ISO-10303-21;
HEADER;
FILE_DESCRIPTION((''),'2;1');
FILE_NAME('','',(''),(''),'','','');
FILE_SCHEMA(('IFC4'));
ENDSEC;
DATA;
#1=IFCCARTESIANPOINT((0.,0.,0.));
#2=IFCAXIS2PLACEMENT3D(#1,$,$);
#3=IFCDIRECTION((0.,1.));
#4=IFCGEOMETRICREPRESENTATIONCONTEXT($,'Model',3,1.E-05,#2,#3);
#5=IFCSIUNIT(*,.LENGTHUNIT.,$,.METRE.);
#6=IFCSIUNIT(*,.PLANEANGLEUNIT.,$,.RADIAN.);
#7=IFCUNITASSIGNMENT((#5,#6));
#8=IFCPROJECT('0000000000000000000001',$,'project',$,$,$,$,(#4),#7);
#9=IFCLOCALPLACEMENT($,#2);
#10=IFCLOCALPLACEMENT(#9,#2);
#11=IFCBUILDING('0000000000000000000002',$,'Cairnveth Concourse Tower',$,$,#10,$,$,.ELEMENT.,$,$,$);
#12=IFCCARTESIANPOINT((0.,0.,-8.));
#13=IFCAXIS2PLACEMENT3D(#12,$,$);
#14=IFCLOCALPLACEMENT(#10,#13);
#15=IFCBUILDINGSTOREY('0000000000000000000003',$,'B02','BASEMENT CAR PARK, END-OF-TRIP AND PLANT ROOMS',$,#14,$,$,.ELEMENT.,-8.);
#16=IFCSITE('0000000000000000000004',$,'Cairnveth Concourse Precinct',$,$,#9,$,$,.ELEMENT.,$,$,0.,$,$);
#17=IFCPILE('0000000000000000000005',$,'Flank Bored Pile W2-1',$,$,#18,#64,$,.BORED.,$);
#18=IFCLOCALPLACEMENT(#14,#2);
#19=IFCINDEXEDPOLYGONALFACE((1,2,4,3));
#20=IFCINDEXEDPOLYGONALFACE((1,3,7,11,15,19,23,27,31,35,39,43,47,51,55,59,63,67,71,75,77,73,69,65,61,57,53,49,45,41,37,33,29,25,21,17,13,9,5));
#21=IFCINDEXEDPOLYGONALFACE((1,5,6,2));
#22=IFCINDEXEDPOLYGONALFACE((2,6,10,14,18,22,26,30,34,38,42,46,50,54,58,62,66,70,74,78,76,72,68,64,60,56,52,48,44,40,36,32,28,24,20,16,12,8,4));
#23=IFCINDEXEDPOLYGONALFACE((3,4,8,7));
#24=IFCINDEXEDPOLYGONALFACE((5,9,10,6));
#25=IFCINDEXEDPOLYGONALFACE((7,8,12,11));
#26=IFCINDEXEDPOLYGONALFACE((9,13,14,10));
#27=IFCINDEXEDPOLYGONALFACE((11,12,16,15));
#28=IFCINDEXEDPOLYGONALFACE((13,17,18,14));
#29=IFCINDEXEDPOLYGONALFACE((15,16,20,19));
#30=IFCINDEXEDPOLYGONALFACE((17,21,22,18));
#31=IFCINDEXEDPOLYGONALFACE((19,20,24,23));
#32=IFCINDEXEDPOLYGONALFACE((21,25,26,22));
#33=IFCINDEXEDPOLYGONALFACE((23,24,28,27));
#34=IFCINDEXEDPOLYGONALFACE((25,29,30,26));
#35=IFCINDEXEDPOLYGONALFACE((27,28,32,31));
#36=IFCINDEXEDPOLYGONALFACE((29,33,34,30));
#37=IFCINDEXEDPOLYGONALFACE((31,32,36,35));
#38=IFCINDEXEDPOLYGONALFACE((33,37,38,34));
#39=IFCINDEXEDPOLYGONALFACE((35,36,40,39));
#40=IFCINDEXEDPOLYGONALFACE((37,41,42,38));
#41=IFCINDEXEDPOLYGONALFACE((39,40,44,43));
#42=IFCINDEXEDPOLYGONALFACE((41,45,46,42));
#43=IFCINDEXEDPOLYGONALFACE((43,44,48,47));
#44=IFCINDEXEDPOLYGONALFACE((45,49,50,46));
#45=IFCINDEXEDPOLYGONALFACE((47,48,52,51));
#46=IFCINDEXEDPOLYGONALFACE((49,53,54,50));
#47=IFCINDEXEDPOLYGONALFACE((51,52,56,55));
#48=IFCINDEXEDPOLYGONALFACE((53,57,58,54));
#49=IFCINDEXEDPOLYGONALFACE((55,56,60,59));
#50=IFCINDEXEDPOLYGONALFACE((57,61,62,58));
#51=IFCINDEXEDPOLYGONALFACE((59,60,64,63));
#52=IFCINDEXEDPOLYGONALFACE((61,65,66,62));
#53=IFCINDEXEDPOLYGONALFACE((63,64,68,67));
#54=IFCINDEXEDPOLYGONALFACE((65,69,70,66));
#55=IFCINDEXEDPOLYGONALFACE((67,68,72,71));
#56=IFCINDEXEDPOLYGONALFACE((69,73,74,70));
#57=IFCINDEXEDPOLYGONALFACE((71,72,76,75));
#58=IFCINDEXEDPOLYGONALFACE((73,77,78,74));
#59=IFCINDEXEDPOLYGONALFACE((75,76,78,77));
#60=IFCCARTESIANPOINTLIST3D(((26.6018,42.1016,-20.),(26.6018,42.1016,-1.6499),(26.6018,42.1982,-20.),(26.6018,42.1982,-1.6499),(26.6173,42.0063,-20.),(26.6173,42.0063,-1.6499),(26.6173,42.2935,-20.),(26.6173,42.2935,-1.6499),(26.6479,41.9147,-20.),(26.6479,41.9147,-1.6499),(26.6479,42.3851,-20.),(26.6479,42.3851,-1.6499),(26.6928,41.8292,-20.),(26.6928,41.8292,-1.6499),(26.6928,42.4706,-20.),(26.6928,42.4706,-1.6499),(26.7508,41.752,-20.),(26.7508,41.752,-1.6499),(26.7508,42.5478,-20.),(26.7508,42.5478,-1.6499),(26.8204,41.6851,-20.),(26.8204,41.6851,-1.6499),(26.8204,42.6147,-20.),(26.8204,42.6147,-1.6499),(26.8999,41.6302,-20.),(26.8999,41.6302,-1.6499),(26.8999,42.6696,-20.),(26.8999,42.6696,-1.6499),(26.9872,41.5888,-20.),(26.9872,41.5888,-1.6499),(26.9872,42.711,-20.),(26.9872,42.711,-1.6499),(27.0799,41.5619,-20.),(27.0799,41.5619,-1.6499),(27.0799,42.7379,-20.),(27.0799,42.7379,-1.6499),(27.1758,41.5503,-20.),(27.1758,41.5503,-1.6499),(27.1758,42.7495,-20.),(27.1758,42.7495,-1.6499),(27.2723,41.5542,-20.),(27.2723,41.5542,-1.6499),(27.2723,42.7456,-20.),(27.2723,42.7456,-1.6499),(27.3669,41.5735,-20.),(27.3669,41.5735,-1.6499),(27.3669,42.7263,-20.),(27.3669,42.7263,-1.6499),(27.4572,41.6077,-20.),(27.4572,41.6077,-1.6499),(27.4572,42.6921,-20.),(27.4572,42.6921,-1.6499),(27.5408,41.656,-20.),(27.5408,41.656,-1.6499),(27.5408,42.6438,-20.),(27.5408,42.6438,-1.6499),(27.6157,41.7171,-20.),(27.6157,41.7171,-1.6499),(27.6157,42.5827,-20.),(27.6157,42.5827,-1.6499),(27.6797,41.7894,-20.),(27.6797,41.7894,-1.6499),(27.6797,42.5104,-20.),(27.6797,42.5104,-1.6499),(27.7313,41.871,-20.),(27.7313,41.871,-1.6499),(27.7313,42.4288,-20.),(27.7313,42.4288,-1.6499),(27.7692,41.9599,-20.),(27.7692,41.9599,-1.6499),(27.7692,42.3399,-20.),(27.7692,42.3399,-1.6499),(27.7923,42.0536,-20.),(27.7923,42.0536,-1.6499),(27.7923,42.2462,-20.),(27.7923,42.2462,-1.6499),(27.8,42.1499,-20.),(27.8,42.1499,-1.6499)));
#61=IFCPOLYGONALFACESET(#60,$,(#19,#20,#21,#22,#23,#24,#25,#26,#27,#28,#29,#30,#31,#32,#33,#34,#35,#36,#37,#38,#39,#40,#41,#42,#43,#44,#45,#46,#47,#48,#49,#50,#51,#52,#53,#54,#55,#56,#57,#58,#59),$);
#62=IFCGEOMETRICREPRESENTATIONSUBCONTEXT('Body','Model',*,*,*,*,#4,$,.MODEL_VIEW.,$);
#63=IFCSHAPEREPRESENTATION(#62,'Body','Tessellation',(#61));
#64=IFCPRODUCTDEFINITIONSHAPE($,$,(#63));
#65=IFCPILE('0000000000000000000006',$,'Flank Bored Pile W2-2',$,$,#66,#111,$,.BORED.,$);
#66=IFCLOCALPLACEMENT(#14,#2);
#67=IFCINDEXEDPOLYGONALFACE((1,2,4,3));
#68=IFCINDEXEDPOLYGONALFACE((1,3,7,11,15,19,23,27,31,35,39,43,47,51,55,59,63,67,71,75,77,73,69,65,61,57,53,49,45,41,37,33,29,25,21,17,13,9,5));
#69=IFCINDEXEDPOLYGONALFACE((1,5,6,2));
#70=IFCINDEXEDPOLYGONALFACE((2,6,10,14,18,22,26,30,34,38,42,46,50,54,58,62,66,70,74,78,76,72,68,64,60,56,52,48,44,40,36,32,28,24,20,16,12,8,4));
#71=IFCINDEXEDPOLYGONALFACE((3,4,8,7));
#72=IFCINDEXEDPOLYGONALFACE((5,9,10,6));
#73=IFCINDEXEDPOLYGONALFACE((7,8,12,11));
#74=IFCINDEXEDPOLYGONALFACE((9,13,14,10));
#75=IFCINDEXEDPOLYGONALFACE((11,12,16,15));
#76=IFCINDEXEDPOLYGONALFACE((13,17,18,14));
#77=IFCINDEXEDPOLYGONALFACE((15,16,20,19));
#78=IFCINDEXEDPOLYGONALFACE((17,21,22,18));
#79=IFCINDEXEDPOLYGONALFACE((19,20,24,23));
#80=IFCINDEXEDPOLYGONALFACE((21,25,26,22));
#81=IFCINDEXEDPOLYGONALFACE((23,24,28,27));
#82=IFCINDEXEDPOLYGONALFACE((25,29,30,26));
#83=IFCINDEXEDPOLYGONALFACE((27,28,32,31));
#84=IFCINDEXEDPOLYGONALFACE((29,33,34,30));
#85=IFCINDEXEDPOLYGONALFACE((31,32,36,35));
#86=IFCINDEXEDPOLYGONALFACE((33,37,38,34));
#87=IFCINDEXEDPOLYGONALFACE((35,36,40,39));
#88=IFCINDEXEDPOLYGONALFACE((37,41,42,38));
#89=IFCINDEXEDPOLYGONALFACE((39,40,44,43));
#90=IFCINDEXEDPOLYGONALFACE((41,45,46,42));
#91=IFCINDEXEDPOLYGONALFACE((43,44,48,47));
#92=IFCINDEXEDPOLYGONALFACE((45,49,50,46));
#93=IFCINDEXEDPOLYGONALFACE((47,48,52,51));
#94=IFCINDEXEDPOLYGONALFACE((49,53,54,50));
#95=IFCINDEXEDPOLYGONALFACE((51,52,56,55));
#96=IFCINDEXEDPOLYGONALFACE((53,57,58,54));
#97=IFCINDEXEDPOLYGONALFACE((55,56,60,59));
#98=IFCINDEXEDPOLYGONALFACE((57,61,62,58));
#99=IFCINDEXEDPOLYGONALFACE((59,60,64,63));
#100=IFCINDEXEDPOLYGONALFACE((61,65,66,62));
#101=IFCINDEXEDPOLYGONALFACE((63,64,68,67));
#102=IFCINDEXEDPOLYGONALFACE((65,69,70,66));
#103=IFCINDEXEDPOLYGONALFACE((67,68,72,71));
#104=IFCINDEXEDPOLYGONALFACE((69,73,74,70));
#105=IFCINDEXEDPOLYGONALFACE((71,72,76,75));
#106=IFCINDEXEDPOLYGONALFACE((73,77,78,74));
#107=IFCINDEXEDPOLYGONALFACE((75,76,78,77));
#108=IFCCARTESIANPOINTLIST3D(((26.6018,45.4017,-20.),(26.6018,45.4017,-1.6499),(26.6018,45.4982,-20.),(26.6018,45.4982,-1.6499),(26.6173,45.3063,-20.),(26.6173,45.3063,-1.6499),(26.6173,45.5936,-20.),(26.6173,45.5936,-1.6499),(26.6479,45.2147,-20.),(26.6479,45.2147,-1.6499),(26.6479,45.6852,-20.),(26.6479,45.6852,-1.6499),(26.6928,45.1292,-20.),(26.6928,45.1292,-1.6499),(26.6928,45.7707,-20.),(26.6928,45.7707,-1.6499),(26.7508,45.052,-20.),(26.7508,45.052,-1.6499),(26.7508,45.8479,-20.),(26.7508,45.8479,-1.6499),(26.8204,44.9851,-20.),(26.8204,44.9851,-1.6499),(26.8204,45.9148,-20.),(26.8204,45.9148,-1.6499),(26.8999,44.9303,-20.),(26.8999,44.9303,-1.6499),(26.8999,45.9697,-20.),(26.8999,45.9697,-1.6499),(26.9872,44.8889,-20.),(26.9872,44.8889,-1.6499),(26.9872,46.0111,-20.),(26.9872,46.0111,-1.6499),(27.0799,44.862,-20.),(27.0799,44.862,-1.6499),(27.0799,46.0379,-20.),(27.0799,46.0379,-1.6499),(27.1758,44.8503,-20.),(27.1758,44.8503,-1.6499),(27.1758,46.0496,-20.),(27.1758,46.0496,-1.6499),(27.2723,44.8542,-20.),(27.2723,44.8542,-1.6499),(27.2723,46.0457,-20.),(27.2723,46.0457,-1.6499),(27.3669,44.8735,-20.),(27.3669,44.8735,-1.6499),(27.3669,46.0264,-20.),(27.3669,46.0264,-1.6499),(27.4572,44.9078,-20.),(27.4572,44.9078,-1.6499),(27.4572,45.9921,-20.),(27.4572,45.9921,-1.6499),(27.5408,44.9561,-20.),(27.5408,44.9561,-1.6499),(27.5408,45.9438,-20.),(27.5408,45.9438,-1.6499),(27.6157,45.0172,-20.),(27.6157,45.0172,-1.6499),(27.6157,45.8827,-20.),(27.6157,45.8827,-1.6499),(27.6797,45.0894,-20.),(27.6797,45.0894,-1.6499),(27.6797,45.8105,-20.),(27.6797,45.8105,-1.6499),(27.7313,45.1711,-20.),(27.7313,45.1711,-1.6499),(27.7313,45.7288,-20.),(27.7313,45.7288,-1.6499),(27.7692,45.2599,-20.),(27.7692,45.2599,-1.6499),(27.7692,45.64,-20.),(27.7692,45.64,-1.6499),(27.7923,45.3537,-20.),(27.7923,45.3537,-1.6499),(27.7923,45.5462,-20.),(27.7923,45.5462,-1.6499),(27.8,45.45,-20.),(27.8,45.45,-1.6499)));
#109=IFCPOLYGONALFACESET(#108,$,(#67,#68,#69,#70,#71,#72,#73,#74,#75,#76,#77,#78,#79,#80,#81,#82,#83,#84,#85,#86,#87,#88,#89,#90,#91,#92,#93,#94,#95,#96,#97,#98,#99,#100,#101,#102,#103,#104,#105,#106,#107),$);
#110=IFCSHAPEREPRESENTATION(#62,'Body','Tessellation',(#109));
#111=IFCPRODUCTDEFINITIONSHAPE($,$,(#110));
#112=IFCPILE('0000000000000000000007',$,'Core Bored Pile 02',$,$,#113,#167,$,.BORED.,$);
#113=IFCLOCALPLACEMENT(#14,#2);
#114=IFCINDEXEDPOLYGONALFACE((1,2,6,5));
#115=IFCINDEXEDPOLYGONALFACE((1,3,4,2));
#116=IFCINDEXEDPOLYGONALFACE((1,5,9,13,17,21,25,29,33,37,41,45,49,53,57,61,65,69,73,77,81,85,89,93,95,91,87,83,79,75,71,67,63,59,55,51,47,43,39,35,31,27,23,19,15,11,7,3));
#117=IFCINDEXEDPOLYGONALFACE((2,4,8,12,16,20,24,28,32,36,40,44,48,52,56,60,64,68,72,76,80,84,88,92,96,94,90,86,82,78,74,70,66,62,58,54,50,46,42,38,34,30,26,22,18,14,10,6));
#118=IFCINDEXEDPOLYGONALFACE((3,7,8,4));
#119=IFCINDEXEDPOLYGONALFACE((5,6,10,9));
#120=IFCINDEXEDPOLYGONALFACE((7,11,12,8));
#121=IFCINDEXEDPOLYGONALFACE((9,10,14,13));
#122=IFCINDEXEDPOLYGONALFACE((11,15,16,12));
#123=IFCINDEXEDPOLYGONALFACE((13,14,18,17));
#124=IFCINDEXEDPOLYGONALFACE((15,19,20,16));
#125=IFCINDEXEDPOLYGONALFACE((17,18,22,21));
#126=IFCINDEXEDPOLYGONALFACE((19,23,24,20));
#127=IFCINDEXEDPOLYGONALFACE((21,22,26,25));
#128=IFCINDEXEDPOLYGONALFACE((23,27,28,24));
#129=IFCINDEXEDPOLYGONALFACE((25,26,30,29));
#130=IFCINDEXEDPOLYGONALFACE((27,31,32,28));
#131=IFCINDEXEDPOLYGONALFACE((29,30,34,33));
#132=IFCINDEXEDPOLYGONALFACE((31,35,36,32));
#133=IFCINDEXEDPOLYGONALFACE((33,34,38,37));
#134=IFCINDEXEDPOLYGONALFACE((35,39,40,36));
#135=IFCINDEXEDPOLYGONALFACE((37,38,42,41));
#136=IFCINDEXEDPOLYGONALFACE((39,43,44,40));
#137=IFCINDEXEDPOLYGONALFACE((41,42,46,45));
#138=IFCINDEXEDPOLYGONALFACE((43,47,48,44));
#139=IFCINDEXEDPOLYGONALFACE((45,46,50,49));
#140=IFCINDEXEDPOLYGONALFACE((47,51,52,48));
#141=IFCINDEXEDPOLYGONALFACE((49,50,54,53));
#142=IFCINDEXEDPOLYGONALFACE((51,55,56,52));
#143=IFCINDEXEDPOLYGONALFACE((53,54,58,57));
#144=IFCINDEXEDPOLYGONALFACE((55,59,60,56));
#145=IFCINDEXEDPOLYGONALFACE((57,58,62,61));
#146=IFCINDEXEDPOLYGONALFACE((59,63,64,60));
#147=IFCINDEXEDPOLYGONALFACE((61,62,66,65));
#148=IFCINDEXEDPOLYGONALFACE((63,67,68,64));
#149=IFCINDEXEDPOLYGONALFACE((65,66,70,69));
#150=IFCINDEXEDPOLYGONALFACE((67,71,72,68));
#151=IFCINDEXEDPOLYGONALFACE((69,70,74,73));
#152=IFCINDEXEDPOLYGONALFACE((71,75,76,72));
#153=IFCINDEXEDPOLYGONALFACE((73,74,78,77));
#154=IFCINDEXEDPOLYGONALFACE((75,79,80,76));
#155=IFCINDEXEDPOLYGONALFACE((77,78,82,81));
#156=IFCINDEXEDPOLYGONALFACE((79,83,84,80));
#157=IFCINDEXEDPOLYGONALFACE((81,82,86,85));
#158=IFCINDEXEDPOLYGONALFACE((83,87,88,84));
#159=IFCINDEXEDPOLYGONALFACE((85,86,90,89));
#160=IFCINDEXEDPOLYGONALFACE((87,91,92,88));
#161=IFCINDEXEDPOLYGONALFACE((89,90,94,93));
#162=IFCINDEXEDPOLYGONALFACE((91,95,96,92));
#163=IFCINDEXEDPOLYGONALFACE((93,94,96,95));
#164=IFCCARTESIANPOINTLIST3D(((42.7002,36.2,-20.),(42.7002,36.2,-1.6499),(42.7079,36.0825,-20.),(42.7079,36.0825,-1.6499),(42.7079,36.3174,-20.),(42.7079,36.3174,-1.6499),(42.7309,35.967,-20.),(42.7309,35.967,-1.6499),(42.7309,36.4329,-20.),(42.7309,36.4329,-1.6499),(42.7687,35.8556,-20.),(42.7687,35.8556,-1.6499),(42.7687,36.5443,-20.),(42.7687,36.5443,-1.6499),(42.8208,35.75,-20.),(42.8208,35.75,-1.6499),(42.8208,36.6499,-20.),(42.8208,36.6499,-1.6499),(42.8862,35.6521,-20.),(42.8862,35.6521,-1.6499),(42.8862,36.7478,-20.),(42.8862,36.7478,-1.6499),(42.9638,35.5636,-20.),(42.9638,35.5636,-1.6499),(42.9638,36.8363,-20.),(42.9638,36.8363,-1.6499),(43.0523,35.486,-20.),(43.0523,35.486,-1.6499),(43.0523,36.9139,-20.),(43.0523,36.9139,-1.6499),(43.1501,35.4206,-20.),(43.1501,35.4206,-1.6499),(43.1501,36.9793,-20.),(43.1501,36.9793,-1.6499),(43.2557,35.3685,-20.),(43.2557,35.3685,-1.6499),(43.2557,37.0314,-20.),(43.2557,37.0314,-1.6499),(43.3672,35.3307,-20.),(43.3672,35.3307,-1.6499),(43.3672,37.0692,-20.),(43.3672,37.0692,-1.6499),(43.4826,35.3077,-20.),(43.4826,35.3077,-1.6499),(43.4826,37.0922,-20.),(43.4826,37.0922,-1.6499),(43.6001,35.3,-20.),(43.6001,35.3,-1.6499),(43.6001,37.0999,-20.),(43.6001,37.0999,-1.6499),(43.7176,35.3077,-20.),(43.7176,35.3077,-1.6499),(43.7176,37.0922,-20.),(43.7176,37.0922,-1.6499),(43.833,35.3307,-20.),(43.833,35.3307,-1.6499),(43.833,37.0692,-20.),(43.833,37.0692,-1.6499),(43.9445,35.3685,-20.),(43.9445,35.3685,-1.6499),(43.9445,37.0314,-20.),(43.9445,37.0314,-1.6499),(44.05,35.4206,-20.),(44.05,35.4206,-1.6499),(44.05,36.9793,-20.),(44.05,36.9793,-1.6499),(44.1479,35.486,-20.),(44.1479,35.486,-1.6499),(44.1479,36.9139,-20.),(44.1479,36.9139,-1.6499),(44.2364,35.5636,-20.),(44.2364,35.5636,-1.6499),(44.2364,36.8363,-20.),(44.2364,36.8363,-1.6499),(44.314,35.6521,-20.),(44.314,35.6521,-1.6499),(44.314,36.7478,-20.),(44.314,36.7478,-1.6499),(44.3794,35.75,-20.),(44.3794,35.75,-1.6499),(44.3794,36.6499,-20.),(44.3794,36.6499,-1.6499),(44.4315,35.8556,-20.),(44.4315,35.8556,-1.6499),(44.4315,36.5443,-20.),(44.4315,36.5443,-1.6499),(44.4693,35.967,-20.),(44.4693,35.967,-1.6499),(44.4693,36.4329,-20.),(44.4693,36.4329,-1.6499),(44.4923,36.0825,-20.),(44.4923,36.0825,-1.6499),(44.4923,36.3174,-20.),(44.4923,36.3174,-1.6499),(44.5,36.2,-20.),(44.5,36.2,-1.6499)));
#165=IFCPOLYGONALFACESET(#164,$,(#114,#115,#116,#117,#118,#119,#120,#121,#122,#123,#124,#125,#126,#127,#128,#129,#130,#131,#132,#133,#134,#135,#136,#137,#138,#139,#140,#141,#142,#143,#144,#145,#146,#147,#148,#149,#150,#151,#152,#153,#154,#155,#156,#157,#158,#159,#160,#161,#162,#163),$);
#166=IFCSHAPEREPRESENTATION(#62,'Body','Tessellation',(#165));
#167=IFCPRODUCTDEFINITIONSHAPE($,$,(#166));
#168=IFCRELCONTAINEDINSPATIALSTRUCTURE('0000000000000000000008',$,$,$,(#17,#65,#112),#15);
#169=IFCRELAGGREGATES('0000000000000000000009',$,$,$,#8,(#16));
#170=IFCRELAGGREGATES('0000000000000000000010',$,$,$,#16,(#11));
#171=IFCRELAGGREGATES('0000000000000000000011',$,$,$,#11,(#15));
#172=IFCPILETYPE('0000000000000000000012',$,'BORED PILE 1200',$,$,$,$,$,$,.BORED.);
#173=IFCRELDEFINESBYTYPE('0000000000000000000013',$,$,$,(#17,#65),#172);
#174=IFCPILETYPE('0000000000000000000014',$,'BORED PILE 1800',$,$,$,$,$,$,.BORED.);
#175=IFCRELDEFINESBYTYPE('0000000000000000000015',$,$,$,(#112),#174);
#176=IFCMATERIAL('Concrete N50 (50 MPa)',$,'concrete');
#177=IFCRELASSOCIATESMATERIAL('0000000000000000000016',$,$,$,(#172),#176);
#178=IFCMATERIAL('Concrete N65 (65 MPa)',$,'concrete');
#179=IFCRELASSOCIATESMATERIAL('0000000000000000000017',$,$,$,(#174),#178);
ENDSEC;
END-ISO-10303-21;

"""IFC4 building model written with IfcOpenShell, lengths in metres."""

from ifc_helpers import new_model, si_unit, direction, frame, origin, origin_2d, place, context, subcontext, project, spatial, circle, extrude, material, material_profile, profile_set, type_object, element, save


model = new_model("IFC4")

# Units and contexts
model_context = context("Model", 3, precision=1e-05, world=origin(), true_north=direction((0.0, 1.0)))
body_context = subcontext(model_context, "Body", "Model", "MODEL_VIEW")
ifc_project = project(units=[si_unit("LENGTHUNIT", "METRE"), si_unit("PLANEANGLEUNIT", "RADIAN")], contexts=[model_context])

# Site, building, storey
site_placement = place(None, origin())
site = spatial("IfcSite", under=ifc_project, at=site_placement, Name="Cairnveth Concourse Precinct", CompositionType="ELEMENT", RefElevation=0.0)
building_placement = place(site_placement, origin())
building = spatial("IfcBuilding", under=site, at=building_placement, Name="Cairnveth Concourse Tower", CompositionType="ELEMENT")
storey_placement = place(building_placement, frame((0.0, 0.0, -8.0)))
storey = spatial("IfcBuildingStorey", under=building, at=storey_placement, Name="B02", Description="BASEMENT CAR PARK, END-OF-TRIP AND PLANT ROOMS", CompositionType="ELEMENT", Elevation=-8.0)

# Piles
ifc_material_1 = material(Name="Concrete N50 (50 MPa)", Category="concrete")
ifc_material_profile_1 = material_profile(ifc_material_1, circle(Radius=0.6001, at=origin_2d()), Name="PILE-1200")
ifc_profile_set_1 = profile_set([ifc_material_profile_1], Name="Concrete N50 (50 MPa)")
pile_type_1 = type_object("IfcPileType", Name="BORED PILE 1200", PredefinedType="BORED", material=ifc_profile_set_1)
for number, where, z_axis, x_axis, name in (
    (1, (27.2, 42.1499, -1.6499), (0.0, 0.0, -1.0), (1.0, 0.0, 0.0), "Flank Bored Pile W2-1"),
    (2, (27.2, 45.45, -1.6499), (0.0, 0.0, -1.0), (1.0, 0.0, 0.0), "Flank Bored Pile W2-2"),
):
    element("IfcPile", number, at=place(storey_placement, frame(where, z_axis=z_axis, x_axis=x_axis)), inside=storey, type_object=pile_type_1, Name=name, PredefinedType="BORED", context=body_context, shape_type="SweptSolid", body=[
        extrude(circle(Radius=0.6001, at=origin_2d()), origin(), (0.0, 0.0, 1.0), 18.3501),
    ])
ifc_material_2 = material(Name="Concrete N65 (65 MPa)", Category="concrete")
ifc_material_profile_2 = material_profile(ifc_material_2, circle(Radius=0.8999, at=origin_2d()), Name="PILE-1800")
ifc_profile_set_2 = profile_set([ifc_material_profile_2], Name="Concrete N65 (65 MPa)")
pile_type_2 = type_object("IfcPileType", Name="BORED PILE 1800", PredefinedType="BORED", material=ifc_profile_set_2)
for number, where, z_axis, x_axis, name in (
    (3, (43.6001, 36.2, -1.6499), (0.0, 0.0, -1.0), (1.0, 0.0, 0.0), "Core Bored Pile 02"),
):
    element("IfcPile", number, at=place(storey_placement, frame(where, z_axis=z_axis, x_axis=x_axis)), inside=storey, type_object=pile_type_2, Name=name, PredefinedType="BORED", context=body_context, shape_type="SweptSolid", body=[
        extrude(circle(Radius=0.8999, at=origin_2d()), origin(), (0.0, 0.0, 1.0), 18.3501),
    ])

save(model, "model.ifc")
